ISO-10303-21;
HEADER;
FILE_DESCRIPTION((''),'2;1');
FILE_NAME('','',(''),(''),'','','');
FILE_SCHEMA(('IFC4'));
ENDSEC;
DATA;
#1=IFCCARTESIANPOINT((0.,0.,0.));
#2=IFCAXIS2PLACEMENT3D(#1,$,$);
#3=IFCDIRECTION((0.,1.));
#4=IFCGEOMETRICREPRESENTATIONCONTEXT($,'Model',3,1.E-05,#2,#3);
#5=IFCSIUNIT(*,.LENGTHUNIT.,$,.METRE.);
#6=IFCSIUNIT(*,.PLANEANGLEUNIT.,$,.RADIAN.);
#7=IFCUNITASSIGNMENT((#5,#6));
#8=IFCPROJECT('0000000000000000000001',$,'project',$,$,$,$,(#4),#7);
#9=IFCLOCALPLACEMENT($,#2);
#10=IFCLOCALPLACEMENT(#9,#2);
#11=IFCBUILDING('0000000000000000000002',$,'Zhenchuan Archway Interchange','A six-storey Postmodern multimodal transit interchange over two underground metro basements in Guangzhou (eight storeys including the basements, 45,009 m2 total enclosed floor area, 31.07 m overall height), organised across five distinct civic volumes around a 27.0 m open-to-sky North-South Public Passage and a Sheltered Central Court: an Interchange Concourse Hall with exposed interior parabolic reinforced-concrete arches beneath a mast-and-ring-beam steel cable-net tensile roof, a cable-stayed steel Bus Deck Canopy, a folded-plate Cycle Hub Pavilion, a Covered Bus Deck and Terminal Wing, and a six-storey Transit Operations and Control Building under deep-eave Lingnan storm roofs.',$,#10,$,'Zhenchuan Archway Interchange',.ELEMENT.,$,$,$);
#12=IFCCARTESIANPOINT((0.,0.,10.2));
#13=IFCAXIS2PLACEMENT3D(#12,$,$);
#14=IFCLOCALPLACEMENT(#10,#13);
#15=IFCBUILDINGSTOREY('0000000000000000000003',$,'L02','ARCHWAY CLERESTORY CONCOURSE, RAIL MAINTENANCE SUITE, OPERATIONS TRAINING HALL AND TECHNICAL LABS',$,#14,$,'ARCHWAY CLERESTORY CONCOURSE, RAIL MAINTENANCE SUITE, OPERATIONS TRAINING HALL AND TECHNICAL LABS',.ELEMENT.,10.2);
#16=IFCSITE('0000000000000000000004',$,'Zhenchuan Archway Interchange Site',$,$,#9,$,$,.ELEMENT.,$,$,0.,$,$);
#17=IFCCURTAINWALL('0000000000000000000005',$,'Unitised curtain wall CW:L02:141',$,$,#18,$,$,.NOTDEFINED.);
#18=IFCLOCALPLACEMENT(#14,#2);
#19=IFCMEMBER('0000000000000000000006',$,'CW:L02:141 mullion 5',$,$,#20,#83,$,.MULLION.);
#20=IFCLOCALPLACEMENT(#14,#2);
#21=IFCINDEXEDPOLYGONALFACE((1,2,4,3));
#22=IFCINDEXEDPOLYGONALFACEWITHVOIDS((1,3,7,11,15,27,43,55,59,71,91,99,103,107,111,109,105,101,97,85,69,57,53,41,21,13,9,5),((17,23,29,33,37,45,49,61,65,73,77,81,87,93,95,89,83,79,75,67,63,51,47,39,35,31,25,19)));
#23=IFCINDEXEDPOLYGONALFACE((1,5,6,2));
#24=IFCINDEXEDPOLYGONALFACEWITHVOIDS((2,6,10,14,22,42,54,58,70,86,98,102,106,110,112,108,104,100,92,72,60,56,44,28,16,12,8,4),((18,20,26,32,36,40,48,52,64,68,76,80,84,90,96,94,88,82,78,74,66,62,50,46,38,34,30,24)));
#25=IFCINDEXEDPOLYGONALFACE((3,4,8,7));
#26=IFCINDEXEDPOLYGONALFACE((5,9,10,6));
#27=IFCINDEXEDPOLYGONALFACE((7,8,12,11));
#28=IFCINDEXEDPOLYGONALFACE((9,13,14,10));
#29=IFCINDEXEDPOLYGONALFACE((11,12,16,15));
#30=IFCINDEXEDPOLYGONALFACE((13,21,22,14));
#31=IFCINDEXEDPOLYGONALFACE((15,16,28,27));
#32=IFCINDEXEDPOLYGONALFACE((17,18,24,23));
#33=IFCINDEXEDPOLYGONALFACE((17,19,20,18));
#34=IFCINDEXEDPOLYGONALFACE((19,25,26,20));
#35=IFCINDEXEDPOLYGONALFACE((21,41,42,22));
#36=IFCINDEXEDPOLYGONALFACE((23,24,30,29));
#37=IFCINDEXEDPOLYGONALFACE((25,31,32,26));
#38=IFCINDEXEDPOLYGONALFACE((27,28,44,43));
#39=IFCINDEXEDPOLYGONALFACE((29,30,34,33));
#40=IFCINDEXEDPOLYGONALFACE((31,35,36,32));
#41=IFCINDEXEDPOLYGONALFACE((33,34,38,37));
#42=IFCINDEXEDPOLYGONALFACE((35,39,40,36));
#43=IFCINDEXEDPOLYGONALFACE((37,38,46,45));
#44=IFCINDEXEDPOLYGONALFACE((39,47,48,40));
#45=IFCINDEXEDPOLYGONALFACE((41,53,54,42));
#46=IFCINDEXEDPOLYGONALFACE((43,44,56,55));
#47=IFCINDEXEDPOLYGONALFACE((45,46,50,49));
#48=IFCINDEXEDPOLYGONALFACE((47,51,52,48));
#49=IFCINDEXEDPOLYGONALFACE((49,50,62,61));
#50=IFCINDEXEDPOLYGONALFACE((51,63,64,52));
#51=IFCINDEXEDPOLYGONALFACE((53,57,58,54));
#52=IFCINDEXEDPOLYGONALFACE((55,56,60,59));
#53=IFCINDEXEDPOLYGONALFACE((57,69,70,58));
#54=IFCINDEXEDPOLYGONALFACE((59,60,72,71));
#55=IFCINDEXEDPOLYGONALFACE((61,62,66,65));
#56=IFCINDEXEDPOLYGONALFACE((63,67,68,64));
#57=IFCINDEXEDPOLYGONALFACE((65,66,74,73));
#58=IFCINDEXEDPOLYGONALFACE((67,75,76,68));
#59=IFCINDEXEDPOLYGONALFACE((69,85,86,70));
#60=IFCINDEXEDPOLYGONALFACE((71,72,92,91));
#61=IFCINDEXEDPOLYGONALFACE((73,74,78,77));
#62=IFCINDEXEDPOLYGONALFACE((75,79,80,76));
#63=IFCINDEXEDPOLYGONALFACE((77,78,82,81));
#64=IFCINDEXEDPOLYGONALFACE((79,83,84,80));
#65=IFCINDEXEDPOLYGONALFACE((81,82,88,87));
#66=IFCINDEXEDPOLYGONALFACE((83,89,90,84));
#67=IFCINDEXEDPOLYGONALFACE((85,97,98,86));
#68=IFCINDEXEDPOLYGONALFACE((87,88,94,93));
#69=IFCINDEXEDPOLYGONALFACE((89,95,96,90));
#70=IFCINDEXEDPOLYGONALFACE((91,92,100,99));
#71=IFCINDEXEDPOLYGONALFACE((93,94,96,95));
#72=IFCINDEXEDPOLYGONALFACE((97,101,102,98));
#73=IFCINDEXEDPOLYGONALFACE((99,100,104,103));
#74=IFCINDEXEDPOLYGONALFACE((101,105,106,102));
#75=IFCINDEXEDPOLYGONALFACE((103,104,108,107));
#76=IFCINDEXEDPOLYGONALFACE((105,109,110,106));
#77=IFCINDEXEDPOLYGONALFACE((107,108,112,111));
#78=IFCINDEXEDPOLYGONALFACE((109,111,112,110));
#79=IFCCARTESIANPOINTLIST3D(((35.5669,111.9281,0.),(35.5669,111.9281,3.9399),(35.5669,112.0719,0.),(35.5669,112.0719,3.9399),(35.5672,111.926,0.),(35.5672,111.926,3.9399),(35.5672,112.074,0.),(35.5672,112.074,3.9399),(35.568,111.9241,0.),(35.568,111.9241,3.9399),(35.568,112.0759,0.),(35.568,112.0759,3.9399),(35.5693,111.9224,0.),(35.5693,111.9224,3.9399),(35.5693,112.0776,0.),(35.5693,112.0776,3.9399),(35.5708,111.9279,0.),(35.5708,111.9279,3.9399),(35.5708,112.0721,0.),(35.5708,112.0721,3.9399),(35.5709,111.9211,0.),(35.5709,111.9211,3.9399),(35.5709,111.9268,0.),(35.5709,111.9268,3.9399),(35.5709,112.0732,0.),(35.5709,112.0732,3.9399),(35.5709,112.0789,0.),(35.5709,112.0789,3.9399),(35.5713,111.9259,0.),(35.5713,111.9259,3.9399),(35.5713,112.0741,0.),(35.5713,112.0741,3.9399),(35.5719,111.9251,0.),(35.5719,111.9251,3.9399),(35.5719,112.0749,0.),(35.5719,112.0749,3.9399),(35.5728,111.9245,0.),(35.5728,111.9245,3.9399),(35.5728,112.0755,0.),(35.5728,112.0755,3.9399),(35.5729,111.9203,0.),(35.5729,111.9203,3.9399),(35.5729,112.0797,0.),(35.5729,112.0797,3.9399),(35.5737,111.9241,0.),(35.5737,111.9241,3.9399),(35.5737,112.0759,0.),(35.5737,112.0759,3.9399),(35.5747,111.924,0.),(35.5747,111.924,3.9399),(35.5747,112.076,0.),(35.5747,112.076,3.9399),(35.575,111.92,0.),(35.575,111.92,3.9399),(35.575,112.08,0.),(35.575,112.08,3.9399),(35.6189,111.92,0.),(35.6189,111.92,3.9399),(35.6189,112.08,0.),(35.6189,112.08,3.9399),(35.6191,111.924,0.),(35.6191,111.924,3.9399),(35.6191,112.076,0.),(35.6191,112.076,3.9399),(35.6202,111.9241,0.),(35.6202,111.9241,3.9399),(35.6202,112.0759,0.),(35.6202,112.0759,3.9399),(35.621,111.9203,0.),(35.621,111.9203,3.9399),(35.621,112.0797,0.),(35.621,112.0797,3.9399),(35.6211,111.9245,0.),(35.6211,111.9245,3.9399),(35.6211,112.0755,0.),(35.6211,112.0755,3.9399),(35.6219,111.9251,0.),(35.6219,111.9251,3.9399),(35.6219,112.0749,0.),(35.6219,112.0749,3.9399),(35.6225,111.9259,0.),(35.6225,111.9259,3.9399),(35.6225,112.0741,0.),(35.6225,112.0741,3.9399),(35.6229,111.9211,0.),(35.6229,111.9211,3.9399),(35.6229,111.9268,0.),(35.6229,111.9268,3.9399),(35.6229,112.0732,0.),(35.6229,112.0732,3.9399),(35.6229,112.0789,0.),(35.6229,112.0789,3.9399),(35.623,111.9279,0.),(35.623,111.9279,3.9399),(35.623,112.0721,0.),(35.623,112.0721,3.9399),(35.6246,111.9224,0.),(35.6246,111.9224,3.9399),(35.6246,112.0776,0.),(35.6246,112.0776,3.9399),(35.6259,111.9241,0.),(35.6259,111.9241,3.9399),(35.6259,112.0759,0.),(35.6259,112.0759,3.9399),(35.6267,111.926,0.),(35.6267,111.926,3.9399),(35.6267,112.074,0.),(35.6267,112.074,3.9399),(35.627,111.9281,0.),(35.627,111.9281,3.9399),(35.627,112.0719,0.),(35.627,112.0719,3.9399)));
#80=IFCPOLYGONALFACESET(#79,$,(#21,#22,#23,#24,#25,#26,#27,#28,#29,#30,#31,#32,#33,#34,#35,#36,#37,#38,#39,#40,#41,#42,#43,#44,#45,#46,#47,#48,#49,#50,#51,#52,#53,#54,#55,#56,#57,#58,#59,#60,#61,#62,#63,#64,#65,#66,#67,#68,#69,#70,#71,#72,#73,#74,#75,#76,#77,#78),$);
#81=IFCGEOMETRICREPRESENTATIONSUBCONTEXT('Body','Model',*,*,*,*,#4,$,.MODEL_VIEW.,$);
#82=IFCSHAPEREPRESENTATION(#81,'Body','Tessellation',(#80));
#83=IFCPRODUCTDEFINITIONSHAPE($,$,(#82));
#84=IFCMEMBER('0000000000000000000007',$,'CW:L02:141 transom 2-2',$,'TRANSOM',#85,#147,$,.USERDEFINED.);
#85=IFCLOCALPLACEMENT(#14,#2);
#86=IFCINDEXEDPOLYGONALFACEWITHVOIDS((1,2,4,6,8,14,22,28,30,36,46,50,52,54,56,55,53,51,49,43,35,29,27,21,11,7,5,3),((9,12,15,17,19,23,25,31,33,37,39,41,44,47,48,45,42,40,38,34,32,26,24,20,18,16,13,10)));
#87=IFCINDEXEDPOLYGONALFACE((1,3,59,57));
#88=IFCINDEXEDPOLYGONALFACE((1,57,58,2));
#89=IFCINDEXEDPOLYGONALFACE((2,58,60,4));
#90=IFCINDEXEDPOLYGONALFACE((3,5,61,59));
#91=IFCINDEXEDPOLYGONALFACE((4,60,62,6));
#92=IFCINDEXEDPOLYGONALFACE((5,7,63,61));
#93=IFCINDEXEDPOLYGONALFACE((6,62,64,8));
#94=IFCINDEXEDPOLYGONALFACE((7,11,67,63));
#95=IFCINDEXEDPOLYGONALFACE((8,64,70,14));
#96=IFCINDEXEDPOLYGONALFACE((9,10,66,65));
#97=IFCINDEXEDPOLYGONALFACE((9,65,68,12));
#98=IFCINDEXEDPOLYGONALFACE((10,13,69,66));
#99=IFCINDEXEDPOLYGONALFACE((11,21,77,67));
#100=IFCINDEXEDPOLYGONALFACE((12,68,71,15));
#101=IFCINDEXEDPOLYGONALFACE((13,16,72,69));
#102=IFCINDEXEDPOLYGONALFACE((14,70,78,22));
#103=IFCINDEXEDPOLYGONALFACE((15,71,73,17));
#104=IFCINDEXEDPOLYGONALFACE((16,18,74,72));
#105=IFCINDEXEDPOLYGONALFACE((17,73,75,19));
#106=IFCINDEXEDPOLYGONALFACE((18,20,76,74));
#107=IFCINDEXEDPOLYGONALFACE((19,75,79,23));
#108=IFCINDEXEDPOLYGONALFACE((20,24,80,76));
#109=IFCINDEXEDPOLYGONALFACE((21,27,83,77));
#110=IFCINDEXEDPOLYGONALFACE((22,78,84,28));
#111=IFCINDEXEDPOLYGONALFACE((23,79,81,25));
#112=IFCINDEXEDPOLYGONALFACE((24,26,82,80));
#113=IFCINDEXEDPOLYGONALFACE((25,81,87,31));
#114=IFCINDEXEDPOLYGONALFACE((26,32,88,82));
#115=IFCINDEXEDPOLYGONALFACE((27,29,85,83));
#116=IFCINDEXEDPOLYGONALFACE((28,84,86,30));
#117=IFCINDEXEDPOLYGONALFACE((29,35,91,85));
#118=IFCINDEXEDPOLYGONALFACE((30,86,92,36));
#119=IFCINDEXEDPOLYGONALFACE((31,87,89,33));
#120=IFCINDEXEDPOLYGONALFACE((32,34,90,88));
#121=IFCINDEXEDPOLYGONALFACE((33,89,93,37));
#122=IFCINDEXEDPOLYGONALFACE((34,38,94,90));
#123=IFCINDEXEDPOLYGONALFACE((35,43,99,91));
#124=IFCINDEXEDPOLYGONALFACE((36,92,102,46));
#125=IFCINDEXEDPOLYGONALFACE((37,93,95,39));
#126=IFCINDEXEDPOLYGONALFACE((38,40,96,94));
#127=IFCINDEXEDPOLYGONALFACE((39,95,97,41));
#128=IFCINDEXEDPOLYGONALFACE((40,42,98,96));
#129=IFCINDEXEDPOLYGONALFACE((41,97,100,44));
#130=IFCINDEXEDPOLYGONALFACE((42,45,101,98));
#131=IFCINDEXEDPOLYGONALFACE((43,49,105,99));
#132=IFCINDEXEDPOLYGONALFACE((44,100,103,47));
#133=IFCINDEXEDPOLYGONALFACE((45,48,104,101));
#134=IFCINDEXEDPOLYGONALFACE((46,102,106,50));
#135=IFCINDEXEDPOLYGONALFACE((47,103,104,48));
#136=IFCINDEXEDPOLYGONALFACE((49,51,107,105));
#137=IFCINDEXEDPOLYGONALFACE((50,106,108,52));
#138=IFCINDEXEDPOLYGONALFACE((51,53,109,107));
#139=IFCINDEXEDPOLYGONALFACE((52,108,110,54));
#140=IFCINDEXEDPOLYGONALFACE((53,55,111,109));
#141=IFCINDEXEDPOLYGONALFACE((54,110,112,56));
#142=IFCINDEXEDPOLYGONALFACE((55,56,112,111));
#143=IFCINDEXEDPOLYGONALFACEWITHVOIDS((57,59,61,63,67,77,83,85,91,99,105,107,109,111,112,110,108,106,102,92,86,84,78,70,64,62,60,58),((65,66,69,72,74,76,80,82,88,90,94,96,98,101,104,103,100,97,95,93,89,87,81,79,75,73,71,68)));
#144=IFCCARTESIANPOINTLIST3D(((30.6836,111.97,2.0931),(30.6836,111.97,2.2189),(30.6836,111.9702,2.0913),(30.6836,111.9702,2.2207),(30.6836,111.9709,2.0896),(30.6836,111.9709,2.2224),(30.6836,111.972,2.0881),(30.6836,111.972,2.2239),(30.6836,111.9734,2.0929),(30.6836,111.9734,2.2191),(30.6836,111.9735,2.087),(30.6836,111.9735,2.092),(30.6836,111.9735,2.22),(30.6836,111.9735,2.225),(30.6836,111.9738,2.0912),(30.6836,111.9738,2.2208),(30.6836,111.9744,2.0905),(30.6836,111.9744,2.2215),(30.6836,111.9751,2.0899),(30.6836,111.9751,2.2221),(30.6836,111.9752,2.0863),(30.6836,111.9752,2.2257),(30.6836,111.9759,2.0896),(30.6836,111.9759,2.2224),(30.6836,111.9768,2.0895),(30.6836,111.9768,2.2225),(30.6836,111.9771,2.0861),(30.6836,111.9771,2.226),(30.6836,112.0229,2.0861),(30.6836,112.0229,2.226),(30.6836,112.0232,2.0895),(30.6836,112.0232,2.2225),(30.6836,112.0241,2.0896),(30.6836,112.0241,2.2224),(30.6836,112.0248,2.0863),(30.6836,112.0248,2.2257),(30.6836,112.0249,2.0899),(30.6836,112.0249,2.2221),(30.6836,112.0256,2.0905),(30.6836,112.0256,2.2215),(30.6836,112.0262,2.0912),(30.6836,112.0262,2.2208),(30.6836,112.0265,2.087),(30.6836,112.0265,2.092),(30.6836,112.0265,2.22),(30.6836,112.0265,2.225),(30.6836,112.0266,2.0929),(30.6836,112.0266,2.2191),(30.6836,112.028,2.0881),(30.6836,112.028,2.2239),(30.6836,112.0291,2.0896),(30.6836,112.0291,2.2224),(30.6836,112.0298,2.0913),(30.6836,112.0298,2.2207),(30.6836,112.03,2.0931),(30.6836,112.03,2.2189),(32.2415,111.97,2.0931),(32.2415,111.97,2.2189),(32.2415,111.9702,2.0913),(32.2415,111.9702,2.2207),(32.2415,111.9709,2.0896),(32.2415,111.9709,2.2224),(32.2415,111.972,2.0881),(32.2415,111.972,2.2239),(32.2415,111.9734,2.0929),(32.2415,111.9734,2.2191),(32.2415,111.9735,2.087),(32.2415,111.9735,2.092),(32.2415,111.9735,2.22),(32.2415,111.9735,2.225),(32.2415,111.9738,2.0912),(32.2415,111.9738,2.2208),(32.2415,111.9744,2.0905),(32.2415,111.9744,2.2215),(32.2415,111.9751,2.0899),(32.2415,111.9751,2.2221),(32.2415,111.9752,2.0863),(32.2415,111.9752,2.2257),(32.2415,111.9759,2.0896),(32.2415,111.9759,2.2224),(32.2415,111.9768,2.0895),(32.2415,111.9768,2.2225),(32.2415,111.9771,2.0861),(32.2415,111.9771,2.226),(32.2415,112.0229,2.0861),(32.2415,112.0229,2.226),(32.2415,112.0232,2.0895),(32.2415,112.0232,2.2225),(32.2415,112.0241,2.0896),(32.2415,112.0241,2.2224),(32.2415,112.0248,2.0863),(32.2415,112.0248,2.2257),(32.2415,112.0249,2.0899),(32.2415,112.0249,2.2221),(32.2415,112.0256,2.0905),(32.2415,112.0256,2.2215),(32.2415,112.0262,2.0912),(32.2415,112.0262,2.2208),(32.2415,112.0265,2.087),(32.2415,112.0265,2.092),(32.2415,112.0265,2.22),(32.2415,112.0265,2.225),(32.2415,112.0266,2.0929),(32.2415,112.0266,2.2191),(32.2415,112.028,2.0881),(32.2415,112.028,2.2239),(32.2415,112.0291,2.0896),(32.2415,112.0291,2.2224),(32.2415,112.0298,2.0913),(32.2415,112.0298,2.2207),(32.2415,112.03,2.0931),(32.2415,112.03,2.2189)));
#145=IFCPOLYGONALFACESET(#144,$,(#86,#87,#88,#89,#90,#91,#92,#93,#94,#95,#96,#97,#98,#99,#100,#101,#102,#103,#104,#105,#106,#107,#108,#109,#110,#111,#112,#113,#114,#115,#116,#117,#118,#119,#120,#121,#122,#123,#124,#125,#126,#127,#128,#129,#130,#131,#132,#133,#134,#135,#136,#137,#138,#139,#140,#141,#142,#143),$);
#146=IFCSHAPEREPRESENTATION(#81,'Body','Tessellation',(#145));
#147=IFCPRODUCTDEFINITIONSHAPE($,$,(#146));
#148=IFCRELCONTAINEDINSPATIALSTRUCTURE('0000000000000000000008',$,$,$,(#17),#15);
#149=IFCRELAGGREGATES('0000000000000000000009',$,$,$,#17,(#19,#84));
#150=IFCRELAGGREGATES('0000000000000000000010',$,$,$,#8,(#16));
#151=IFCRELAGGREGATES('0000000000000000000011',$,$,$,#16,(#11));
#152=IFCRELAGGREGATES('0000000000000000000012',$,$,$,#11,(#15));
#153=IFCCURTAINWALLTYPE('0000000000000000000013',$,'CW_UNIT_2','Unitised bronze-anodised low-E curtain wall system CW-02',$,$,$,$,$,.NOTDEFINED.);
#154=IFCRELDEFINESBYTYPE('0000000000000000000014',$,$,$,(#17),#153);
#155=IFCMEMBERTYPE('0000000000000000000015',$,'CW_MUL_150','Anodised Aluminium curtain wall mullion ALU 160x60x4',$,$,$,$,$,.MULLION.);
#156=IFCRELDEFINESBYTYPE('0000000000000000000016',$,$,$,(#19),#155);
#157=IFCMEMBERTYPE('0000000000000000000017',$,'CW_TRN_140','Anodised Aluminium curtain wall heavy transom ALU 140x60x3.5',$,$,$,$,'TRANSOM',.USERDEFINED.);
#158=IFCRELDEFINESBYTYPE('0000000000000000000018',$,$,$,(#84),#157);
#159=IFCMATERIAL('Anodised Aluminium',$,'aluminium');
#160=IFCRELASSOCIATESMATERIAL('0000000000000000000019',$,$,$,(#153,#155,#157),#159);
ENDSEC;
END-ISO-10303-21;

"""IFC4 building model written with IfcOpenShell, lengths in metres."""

from ifc_helpers import new_model, si_unit, direction, frame, origin, origin_2d, place, context, subcontext, project, spatial, hollow_rectangle, extrude, material, material_profile, profile_set, type_object, element, aggregate, save


model = new_model("IFC4")

# Units and contexts
model_context = context("Model", 3, precision=1e-05, world=origin(), true_north=direction((0.0, 1.0)))
body_context = subcontext(model_context, "Body", "Model", "MODEL_VIEW")
ifc_project = project(units=[si_unit("LENGTHUNIT", "METRE"), si_unit("PLANEANGLEUNIT", "RADIAN")], contexts=[model_context])

# Site, building, storey
site_placement = place(None, origin())
site = spatial("IfcSite", under=ifc_project, at=site_placement, Name="Zhenchuan Archway Interchange Site", CompositionType="ELEMENT", RefElevation=0.0)
building_placement = place(site_placement, origin())
building = spatial("IfcBuilding", under=site, at=building_placement, Name="Zhenchuan Archway Interchange", Description="A six-storey Postmodern multimodal transit interchange over two underground metro basements in Guangzhou (eight storeys including the basements, 45,009 m2 total enclosed floor area, 31.07 m overall height), organised across five distinct civic volumes around a 27.0 m open-to-sky North-South Public Passage and a Sheltered Central Court: an Interchange Concourse Hall with exposed interior parabolic reinforced-concrete arches beneath a mast-and-ring-beam steel cable-net tensile roof, a cable-stayed steel Bus Deck Canopy, a folded-plate Cycle Hub Pavilion, a Covered Bus Deck and Terminal Wing, and a six-storey Transit Operations and Control Building under deep-eave Lingnan storm roofs.", LongName="Zhenchuan Archway Interchange", CompositionType="ELEMENT")
storey_placement = place(building_placement, frame((0.0, 0.0, 10.2)))
storey = spatial("IfcBuildingStorey", under=building, at=storey_placement, Name="L02", Description="ARCHWAY CLERESTORY CONCOURSE, RAIL MAINTENANCE SUITE, OPERATIONS TRAINING HALL AND TECHNICAL LABS", LongName="ARCHWAY CLERESTORY CONCOURSE, RAIL MAINTENANCE SUITE, OPERATIONS TRAINING HALL AND TECHNICAL LABS", CompositionType="ELEMENT", Elevation=10.2)

# Curtain wall, members
ifc_material_1 = material(Name="Anodised Aluminium", Category="aluminium")
curtain_wall_type = type_object("IfcCurtainWallType", Name="CW_UNIT_2", Description="Unitised bronze-anodised low-E curtain wall system CW-02", PredefinedType="NOTDEFINED", material=ifc_material_1)
curtain_wall_placement = place(storey_placement, origin())
curtain_wall = element("IfcCurtainWall", 1, at=curtain_wall_placement, inside=storey, type_object=curtain_wall_type, Name="Unitised curtain wall CW:L02:141", PredefinedType="NOTDEFINED")
ifc_material_profile_1 = material_profile(ifc_material_1, hollow_rectangle(XDim=0.0601, YDim=0.1599, WallThickness=0.0039, InnerFilletRadius=0.0039, OuterFilletRadius=0.0081, at=origin_2d()), Name="ALU 160x60x4")
ifc_profile_set_1 = profile_set([ifc_material_profile_1], Name="Anodised Aluminium")
member_type_1 = type_object("IfcMemberType", Name="CW_MUL_150", Description="Anodised Aluminium curtain wall mullion ALU 160x60x4", PredefinedType="MULLION", material=ifc_profile_set_1)
member_1_placement = place(storey_placement, frame((35.5969, 112.0, 0.0), z_axis=(0.0, 0.0, 1.0), x_axis=(1.0, 0.0, 0.0)))
member_1 = element("IfcMember", 2, at=member_1_placement, type_object=member_type_1, Name="CW:L02:141 mullion 5", PredefinedType="MULLION", context=body_context, shape_type="SweptSolid", body=[
    extrude(hollow_rectangle(XDim=0.0601, YDim=0.1599, WallThickness=0.0039, InnerFilletRadius=0.0039, OuterFilletRadius=0.0081, at=origin_2d()), origin(), (0.0, 0.0, 1.0), 3.9399),
])
ifc_material_profile_2 = material_profile(ifc_material_1, hollow_rectangle(XDim=0.0601, YDim=0.1399, WallThickness=0.0034, InnerFilletRadius=0.0034, OuterFilletRadius=0.0071, at=origin_2d()), Name="ALU 140x60x3.5")
ifc_profile_set_2 = profile_set([ifc_material_profile_2], Name="Anodised Aluminium")
member_type_2 = type_object("IfcMemberType", Name="CW_TRN_140", Description="Anodised Aluminium curtain wall heavy transom ALU 140x60x3.5", ElementType="TRANSOM", PredefinedType="USERDEFINED", material=ifc_profile_set_2)
member_2_placement = place(storey_placement, frame((30.6836, 112.0, 2.156), z_axis=(1.0, 0.0, 0.0), x_axis=(0.0, 1.0, 0.0)))
member_2 = element("IfcMember", 3, at=member_2_placement, type_object=member_type_2, Name="CW:L02:141 transom 2-2", ObjectType="TRANSOM", PredefinedType="USERDEFINED", context=body_context, shape_type="SweptSolid", body=[
    extrude(hollow_rectangle(XDim=0.0601, YDim=0.1399, WallThickness=0.0034, InnerFilletRadius=0.0034, OuterFilletRadius=0.0071, at=origin_2d()), origin(), (0.0, 0.0, 1.0), 1.5579),
])

aggregate(curtain_wall, [member_1, member_2])

save(model, "model.ifc")
